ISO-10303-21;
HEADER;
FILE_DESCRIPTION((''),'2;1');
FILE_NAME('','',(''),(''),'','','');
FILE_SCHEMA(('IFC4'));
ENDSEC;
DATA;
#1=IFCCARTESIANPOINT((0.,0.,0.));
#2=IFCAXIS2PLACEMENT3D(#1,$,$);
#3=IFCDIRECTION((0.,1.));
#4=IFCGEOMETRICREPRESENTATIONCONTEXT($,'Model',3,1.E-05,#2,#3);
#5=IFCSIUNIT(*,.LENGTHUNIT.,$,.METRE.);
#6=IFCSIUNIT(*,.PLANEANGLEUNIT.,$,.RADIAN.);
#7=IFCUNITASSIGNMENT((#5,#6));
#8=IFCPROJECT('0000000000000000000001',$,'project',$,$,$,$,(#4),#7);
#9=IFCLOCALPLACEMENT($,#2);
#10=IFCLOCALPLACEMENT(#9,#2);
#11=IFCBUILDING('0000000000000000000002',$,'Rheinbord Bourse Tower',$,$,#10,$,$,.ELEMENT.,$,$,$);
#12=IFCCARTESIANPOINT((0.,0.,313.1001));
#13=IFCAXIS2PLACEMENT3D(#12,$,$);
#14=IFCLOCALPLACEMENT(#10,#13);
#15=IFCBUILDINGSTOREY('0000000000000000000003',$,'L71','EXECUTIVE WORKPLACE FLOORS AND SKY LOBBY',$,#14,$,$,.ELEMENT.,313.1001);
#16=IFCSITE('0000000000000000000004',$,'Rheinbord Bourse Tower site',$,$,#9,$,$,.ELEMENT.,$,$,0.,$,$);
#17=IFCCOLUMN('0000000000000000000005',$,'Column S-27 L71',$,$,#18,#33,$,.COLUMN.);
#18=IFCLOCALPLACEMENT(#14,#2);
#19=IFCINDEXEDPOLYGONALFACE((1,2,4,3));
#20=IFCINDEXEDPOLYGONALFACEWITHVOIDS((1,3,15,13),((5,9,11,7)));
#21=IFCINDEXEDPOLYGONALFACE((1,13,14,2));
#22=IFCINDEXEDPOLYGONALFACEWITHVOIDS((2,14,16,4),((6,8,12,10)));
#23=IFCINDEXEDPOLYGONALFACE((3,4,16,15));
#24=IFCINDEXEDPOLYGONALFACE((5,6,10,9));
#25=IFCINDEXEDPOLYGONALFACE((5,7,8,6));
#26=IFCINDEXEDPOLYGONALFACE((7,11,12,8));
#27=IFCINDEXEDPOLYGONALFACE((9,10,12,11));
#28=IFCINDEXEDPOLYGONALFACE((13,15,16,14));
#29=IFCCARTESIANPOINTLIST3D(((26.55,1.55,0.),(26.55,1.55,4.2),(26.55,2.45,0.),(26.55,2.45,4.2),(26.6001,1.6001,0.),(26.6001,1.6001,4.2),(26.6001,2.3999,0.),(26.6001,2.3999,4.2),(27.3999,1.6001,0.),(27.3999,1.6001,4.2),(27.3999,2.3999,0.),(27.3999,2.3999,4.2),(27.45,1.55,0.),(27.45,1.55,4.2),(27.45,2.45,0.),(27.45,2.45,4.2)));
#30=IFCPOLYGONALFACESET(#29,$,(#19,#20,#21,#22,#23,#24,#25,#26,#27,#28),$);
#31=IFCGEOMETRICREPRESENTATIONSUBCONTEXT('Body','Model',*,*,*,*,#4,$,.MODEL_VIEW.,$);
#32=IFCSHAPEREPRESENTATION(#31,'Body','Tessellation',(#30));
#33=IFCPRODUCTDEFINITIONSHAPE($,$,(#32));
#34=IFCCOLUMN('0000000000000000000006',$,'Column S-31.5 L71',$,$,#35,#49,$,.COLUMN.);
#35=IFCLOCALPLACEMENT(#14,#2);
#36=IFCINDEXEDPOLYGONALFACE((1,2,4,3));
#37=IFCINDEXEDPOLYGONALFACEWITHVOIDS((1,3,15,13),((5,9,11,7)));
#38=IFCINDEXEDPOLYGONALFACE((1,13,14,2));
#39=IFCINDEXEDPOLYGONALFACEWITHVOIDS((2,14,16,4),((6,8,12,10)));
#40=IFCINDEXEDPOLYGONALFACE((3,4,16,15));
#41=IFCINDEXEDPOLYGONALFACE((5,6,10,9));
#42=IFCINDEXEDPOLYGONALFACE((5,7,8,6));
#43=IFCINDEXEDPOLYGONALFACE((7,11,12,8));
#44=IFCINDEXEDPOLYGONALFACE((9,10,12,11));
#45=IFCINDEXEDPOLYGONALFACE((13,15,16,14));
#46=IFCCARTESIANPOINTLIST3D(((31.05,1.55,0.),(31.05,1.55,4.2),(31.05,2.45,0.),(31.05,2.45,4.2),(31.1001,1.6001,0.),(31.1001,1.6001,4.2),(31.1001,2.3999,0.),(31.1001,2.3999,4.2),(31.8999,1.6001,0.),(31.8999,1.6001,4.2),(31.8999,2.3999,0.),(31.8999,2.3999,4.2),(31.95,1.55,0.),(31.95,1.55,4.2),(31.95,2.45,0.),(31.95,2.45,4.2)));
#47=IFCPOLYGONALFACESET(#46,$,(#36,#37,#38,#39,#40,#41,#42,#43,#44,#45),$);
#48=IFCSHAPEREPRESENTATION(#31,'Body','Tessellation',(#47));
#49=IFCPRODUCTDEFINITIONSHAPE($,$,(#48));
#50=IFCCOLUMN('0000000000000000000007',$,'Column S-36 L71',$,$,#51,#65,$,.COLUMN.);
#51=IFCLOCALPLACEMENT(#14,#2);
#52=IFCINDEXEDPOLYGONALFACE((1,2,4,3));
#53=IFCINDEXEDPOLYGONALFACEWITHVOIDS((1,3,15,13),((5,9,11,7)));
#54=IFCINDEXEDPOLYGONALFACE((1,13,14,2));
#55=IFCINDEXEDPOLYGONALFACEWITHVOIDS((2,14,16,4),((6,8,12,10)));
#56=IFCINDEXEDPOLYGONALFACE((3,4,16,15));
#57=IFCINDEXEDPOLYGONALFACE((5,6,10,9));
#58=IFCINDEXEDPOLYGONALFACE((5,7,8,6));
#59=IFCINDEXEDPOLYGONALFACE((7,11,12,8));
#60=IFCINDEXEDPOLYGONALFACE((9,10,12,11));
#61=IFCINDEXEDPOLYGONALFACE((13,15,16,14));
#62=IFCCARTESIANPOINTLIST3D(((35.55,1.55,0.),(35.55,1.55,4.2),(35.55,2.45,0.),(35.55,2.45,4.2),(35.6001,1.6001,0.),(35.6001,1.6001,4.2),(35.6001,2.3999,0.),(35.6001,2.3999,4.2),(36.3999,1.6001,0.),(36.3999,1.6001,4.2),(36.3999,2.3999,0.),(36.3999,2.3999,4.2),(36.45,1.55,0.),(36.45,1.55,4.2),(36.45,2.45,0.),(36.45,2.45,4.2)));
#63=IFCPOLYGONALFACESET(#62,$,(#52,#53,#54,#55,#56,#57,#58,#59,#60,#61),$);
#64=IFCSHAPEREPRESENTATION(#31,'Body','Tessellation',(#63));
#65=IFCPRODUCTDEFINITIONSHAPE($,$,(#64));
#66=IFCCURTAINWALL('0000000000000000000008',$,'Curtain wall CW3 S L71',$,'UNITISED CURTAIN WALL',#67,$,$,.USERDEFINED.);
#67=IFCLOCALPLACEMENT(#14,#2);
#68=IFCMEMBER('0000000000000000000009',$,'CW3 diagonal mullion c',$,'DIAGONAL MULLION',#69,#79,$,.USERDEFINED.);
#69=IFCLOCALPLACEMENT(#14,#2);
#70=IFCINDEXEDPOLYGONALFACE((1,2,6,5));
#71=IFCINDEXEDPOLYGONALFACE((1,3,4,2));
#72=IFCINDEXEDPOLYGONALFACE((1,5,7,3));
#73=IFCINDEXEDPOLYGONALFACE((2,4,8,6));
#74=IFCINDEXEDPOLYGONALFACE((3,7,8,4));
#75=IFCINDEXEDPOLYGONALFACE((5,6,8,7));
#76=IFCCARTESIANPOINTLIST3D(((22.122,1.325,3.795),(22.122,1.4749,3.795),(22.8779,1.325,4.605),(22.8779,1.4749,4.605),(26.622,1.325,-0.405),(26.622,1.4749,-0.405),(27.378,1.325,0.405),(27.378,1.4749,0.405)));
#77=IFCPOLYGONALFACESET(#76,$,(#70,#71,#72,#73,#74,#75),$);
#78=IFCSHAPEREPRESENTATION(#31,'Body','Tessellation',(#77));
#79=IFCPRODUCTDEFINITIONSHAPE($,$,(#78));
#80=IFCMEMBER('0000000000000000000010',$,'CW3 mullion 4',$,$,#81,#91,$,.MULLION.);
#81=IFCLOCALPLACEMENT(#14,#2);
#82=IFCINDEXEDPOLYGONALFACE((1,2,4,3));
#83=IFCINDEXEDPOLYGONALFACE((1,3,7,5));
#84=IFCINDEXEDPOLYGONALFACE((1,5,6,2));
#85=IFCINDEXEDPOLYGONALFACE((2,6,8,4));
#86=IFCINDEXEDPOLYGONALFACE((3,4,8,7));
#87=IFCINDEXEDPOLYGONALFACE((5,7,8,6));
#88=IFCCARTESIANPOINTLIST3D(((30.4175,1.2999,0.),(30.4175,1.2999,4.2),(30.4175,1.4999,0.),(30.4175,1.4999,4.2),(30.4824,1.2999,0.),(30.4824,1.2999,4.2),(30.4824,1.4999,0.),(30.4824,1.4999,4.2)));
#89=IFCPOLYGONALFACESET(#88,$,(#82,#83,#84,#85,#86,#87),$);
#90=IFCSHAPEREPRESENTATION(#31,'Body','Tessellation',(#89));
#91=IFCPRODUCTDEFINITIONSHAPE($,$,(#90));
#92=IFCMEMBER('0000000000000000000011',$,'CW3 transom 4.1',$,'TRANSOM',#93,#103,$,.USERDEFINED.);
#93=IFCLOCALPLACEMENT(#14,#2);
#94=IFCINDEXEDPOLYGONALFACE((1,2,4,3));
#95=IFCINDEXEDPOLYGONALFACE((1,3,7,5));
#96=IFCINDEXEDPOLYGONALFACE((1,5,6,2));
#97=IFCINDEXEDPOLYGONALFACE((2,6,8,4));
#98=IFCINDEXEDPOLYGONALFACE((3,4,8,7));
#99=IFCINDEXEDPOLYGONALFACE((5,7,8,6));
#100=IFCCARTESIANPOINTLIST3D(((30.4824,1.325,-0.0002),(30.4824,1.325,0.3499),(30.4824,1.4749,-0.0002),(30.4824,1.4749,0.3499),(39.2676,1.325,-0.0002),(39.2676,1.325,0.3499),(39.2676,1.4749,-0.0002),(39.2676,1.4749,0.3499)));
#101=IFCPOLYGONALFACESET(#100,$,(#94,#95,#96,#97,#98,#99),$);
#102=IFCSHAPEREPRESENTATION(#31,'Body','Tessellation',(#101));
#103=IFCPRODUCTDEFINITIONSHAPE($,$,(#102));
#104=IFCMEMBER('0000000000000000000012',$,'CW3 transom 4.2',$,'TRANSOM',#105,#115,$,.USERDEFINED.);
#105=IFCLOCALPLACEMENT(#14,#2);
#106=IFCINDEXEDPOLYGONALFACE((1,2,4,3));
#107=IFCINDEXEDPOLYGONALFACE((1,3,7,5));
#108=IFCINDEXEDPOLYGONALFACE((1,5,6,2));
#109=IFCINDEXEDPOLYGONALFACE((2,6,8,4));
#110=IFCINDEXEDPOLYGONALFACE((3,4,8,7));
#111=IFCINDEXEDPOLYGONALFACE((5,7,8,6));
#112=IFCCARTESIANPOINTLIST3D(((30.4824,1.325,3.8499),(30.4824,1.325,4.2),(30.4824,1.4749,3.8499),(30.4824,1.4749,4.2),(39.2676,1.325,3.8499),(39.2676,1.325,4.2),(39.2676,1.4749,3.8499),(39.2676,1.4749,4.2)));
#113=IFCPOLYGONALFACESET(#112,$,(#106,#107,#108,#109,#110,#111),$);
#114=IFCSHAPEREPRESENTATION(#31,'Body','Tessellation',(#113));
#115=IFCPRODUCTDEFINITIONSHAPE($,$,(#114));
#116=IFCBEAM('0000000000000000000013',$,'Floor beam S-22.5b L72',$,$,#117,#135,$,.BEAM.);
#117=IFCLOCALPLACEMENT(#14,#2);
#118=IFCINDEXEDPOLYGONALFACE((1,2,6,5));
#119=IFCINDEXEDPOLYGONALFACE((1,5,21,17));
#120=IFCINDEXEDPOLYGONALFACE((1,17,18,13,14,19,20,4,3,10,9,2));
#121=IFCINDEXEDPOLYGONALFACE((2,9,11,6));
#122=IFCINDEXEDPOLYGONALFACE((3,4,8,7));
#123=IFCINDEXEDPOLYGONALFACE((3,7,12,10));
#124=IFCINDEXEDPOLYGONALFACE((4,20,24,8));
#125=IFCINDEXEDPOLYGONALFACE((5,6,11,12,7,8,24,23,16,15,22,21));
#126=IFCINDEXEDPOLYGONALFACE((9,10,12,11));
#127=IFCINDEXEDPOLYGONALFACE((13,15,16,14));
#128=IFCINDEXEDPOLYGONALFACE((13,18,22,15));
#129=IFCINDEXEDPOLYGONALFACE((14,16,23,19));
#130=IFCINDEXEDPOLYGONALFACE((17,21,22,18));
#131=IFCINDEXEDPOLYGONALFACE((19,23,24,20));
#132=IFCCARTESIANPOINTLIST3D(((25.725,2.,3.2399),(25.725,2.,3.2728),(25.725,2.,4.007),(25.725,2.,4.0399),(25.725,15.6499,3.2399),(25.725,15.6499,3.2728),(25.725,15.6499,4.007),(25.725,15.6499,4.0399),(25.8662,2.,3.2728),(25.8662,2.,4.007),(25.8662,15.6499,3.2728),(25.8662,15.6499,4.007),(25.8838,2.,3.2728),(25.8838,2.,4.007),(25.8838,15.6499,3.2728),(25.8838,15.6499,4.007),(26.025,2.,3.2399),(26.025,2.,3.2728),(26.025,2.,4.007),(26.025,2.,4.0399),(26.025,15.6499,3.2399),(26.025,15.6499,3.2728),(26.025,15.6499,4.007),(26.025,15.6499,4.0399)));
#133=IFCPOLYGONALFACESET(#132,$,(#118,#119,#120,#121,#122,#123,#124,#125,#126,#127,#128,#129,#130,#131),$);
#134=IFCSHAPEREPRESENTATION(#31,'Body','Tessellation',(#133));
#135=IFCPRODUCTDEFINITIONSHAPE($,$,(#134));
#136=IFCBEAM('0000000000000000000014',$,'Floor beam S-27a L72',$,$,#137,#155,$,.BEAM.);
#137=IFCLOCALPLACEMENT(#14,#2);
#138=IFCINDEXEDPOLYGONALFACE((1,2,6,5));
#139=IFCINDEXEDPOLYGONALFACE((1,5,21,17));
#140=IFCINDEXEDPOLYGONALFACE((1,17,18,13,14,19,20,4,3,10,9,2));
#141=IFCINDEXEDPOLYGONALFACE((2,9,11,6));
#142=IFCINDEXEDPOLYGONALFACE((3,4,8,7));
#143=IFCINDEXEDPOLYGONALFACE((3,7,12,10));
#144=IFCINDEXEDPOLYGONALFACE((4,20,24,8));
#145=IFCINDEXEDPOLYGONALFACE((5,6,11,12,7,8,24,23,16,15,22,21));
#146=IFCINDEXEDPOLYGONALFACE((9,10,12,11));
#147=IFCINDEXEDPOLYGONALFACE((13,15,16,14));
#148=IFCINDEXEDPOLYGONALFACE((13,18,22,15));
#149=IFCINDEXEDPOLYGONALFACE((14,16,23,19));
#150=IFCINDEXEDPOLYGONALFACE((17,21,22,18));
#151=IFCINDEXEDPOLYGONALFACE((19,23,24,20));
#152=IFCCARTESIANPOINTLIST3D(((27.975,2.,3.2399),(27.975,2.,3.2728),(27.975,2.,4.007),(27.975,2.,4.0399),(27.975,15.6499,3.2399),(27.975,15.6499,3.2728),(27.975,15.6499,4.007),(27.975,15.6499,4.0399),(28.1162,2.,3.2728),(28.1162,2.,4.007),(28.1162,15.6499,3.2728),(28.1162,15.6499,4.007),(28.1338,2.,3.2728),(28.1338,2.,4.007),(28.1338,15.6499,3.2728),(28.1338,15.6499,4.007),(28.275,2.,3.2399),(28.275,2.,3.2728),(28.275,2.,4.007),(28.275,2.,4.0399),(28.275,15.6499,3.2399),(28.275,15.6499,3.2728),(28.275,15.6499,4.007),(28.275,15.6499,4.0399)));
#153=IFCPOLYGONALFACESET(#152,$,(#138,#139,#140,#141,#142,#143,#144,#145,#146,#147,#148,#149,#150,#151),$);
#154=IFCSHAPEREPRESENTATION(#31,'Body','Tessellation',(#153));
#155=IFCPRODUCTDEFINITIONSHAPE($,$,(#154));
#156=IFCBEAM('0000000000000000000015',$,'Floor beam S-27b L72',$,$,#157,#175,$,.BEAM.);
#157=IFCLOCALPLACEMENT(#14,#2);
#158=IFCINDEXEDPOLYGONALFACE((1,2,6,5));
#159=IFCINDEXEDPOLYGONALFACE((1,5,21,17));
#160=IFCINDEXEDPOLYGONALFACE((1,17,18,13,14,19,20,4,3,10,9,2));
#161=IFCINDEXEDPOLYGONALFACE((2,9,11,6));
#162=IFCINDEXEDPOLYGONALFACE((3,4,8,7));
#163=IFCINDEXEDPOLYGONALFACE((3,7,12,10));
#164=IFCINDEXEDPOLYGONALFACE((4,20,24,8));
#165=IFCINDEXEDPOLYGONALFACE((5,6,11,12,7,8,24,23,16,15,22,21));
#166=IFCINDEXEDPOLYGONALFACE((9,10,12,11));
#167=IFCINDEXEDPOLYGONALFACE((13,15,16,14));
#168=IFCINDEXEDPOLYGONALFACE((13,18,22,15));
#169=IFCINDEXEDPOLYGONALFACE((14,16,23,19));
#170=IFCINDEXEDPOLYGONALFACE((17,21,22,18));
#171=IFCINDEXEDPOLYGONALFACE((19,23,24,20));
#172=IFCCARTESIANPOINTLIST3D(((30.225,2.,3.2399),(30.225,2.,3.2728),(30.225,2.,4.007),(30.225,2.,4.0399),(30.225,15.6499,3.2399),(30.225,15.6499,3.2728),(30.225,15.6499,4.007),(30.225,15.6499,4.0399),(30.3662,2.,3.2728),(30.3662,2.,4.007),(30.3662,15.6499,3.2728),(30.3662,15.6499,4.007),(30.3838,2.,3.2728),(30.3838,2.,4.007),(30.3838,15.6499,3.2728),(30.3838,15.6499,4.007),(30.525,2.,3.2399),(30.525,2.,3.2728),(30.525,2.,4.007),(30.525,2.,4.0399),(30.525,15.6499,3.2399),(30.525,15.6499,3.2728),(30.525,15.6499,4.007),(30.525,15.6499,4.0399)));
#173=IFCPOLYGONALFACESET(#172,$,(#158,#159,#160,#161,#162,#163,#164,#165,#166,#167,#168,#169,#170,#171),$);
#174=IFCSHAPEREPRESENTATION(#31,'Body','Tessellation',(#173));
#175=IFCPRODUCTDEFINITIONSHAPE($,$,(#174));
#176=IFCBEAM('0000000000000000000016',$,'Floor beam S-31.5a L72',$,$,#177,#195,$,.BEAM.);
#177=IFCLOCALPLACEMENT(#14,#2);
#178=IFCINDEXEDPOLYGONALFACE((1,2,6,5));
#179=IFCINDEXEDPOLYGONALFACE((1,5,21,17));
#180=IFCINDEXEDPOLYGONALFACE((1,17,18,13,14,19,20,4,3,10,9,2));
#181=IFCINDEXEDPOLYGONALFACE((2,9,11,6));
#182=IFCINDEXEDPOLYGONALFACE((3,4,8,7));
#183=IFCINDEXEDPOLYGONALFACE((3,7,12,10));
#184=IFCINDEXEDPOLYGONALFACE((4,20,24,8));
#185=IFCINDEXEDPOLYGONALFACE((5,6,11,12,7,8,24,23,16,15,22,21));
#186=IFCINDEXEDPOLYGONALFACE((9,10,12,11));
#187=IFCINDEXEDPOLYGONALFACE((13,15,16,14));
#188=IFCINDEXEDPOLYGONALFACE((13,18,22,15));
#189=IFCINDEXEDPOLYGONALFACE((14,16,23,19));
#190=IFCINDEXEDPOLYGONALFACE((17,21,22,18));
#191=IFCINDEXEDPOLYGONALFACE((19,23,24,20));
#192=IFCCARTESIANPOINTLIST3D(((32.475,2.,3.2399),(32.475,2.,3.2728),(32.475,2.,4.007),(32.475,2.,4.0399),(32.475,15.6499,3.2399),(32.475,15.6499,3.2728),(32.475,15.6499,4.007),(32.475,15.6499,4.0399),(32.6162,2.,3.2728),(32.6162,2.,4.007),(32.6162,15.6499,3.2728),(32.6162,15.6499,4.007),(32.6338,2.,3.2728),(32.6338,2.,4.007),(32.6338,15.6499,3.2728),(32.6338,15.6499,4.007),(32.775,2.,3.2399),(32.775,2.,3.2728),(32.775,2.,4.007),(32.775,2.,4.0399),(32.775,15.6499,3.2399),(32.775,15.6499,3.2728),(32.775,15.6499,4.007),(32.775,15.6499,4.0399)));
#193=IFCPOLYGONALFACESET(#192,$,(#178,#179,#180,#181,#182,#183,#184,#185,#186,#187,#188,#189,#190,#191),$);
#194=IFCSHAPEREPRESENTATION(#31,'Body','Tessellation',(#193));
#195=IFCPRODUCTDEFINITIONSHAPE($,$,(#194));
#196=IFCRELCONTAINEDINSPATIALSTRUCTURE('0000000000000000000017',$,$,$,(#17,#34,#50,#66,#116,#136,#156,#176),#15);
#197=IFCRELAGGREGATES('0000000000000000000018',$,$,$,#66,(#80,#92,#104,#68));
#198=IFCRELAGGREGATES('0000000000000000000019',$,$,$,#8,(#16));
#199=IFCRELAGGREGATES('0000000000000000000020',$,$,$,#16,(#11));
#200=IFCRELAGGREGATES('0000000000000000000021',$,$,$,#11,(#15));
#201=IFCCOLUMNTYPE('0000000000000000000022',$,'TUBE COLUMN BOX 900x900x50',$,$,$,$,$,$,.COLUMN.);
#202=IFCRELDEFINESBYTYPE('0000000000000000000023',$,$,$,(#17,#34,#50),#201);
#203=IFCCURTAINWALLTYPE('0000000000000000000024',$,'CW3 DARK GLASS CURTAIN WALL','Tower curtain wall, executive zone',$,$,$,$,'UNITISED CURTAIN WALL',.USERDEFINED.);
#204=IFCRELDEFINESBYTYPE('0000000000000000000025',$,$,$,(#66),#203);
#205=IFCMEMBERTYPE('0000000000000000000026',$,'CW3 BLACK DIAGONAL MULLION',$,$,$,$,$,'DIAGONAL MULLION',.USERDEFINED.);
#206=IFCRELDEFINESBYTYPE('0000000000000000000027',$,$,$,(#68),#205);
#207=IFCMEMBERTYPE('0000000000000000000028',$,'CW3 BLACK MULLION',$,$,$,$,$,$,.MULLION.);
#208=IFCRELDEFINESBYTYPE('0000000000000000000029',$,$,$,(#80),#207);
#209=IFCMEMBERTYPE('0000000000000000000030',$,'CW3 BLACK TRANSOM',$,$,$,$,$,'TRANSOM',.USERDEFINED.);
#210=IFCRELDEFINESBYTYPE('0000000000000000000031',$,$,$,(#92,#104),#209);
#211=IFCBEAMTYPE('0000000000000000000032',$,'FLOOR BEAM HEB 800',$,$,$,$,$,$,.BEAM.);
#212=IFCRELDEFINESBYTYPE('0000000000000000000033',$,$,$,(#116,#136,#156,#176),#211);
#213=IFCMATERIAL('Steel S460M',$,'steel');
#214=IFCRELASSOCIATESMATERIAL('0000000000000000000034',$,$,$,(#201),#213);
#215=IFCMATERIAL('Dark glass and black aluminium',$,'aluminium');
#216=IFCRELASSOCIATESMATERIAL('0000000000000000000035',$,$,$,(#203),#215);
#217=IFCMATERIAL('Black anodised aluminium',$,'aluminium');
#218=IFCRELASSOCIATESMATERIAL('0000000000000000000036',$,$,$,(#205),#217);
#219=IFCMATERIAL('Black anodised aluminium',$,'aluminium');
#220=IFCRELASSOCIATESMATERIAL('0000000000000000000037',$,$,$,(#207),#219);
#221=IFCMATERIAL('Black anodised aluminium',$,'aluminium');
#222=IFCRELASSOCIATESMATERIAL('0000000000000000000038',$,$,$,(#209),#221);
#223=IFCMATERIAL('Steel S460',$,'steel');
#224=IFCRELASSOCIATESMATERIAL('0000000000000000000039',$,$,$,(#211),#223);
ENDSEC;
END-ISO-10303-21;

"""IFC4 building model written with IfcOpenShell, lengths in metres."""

from ifc_helpers import new_model, si_unit, direction, frame, origin, origin_2d, place, context, subcontext, project, spatial, rectangle, hollow_rectangle, i_section, extrude, material, material_profile, profile_set, type_object, element, aggregate, save


model = new_model("IFC4")

# Units and contexts
model_context = context("Model", 3, precision=1e-05, world=origin(), true_north=direction((0.0, 1.0)))
body_context = subcontext(model_context, "Body", "Model", "MODEL_VIEW")
ifc_project = project(units=[si_unit("LENGTHUNIT", "METRE"), si_unit("PLANEANGLEUNIT", "RADIAN")], contexts=[model_context])

# Site, building, storey
site_placement = place(None, origin())
site = spatial("IfcSite", under=ifc_project, at=site_placement, Name="Rheinbord Bourse Tower site", CompositionType="ELEMENT", RefElevation=0.0)
building_placement = place(site_placement, origin())
building = spatial("IfcBuilding", under=site, at=building_placement, Name="Rheinbord Bourse Tower", CompositionType="ELEMENT")
storey_placement = place(building_placement, frame((0.0, 0.0, 313.1001)))
storey = spatial("IfcBuildingStorey", under=building, at=storey_placement, Name="L71", Description="EXECUTIVE WORKPLACE FLOORS AND SKY LOBBY", CompositionType="ELEMENT", Elevation=313.1001)

# Columns
ifc_material_1 = material(Name="Steel S460M", Category="steel")
ifc_material_profile_1 = material_profile(ifc_material_1, hollow_rectangle(XDim=0.8999, YDim=0.8999, WallThickness=0.05, at=origin_2d()), Name="BOX 900x900x50")
ifc_profile_set_1 = profile_set([ifc_material_profile_1], Name="Steel S460M")
column_type = type_object("IfcColumnType", Name="TUBE COLUMN BOX 900x900x50", PredefinedType="COLUMN", material=ifc_profile_set_1)
for number, where, z_axis, x_axis, name in (
    (1, (27.0, 2.0, 0.0), (0.0, 0.0, 1.0), (0.0, 1.0, 0.0), "Column S-27 L71"),
    (2, (31.5, 2.0, 0.0), (0.0, 0.0, 1.0), (0.0, 1.0, 0.0), "Column S-31.5 L71"),
    (3, (36.0, 2.0, 0.0), (0.0, 0.0, 1.0), (0.0, 1.0, 0.0), "Column S-36 L71"),
):
    element("IfcColumn", number, at=place(storey_placement, frame(where, z_axis=z_axis, x_axis=x_axis)), inside=storey, type_object=column_type, Name=name, PredefinedType="COLUMN", context=body_context, shape_type="SweptSolid", body=[
        extrude(hollow_rectangle(XDim=0.8999, YDim=0.8999, WallThickness=0.05, at=origin_2d()), origin(), (0.0, 0.0, 1.0), 4.2),
    ])

# Curtain wall, members
ifc_material_2 = material(Name="Dark glass and black aluminium", Category="aluminium")
curtain_wall_type = type_object("IfcCurtainWallType", Name="CW3 DARK GLASS CURTAIN WALL", Description="Tower curtain wall, executive zone", ElementType="UNITISED CURTAIN WALL", PredefinedType="USERDEFINED", material=ifc_material_2)
curtain_wall_placement = place(storey_placement, origin())
curtain_wall = element("IfcCurtainWall", 4, at=curtain_wall_placement, inside=storey, type_object=curtain_wall_type, Name="Curtain wall CW3 S L71", ObjectType="UNITISED CURTAIN WALL", PredefinedType="USERDEFINED")
ifc_material_3 = material(Name="Black anodised aluminium", Category="aluminium")
ifc_material_profile_2 = material_profile(ifc_material_3, rectangle(XDim=0.1499, YDim=1.1079, at=origin_2d()), Name="CW3 DIAGONAL MULLION 1108x150")
ifc_profile_set_2 = profile_set([ifc_material_profile_2], Name="Black anodised aluminium")
member_type_1 = type_object("IfcMemberType", Name="CW3 BLACK DIAGONAL MULLION", ElementType="DIAGONAL MULLION", PredefinedType="USERDEFINED", material=ifc_profile_set_2)
member_1_placement = place(storey_placement, frame((27.0, 1.3999, 0.0), z_axis=(-0.731059, 0.0, 0.682314), x_axis=(0.0, -1.0, 0.0)))
member_1 = element("IfcMember", 5, at=member_1_placement, type_object=member_type_1, Name="CW3 diagonal mullion c", ObjectType="DIAGONAL MULLION", PredefinedType="USERDEFINED", context=body_context, shape_type="SweptSolid", body=[
    extrude(rectangle(XDim=0.1499, YDim=1.1079, at=origin_2d()), origin(), (0.0, 0.0, 1.0), 6.1555),
])
ifc_material_4 = material(Name="Black anodised aluminium", Category="aluminium")
ifc_material_profile_3 = material_profile(ifc_material_4, rectangle(XDim=0.2, YDim=0.0649, at=origin_2d()), Name="CW3 MULLION 65x200")
ifc_profile_set_3 = profile_set([ifc_material_profile_3], Name="Black anodised aluminium")
member_type_2 = type_object("IfcMemberType", Name="CW3 BLACK MULLION", PredefinedType="MULLION", material=ifc_profile_set_3)
member_2_placement = place(storey_placement, frame((30.45, 1.3999, 0.0), z_axis=(0.0, 0.0, 1.0), x_axis=(0.0, 1.0, 0.0)))
member_2 = element("IfcMember", 6, at=member_2_placement, type_object=member_type_2, Name="CW3 mullion 4", PredefinedType="MULLION", context=body_context, shape_type="SweptSolid", body=[
    extrude(rectangle(XDim=0.2, YDim=0.0649, at=origin_2d()), origin(), (0.0, 0.0, 1.0), 4.2),
])
ifc_material_5 = material(Name="Black anodised aluminium", Category="aluminium")
ifc_material_profile_4 = material_profile(ifc_material_5, rectangle(XDim=0.1499, YDim=0.3501, at=origin_2d()), Name="CW3 TRANSOM 350x150")
ifc_profile_set_4 = profile_set([ifc_material_profile_4], Name="Black anodised aluminium")
member_type_3 = type_object("IfcMemberType", Name="CW3 BLACK TRANSOM", ElementType="TRANSOM", PredefinedType="USERDEFINED", material=ifc_profile_set_4)
member_3_placement = place(storey_placement, frame((30.4824, 1.3999, 0.1748), z_axis=(1.0, 0.0, 0.0), x_axis=(0.0, 1.0, 0.0)))
member_3 = element("IfcMember", 7, at=member_3_placement, type_object=member_type_3, Name="CW3 transom 4.1", ObjectType="TRANSOM", PredefinedType="USERDEFINED", context=body_context, shape_type="SweptSolid", body=[
    extrude(rectangle(XDim=0.1499, YDim=0.3501, at=origin_2d()), origin(), (0.0, 0.0, 1.0), 8.7852),
])
member_4_placement = place(storey_placement, frame((30.4824, 1.3999, 4.0249), z_axis=(1.0, 0.0, 0.0), x_axis=(0.0, 1.0, 0.0)))
member_4 = element("IfcMember", 8, at=member_4_placement, type_object=member_type_3, Name="CW3 transom 4.2", ObjectType="TRANSOM", PredefinedType="USERDEFINED", context=body_context, shape_type="SweptSolid", body=[
    extrude(rectangle(XDim=0.1499, YDim=0.3501, at=origin_2d()), origin(), (0.0, 0.0, 1.0), 8.7852),
])

# Beams
ifc_material_6 = material(Name="Steel S460", Category="steel")
ifc_material_profile_5 = material_profile(ifc_material_6, i_section(OverallWidth=0.3, OverallDepth=0.8, WebThickness=0.0176, FlangeThickness=0.033, at=origin_2d()), Name="HEB 800")
ifc_profile_set_5 = profile_set([ifc_material_profile_5], Name="Steel S460")
beam_type_1 = type_object("IfcBeamType", Name="FLOOR BEAM HEB 800", PredefinedType="BEAM", material=ifc_profile_set_5)
for number, where, z_axis, x_axis, name in (
    (9, (25.875, 2.0, 3.6399), (0.0, 1.0, 0.0), (-1.0, 0.0, 0.0), "Floor beam S-22.5b L72"),
    (10, (28.125, 2.0, 3.6399), (0.0, 1.0, 0.0), (-1.0, 0.0, 0.0), "Floor beam S-27a L72"),
    (11, (30.375, 2.0, 3.6399), (0.0, 1.0, 0.0), (-1.0, 0.0, 0.0), "Floor beam S-27b L72"),
    (12, (32.625, 2.0, 3.6399), (0.0, 1.0, 0.0), (-1.0, 0.0, 0.0), "Floor beam S-31.5a L72"),
):
    element("IfcBeam", number, at=place(storey_placement, frame(where, z_axis=z_axis, x_axis=x_axis)), inside=storey, type_object=beam_type_1, Name=name, PredefinedType="BEAM", context=body_context, shape_type="SweptSolid", body=[
        extrude(i_section(OverallWidth=0.3, OverallDepth=0.8, WebThickness=0.0176, FlangeThickness=0.033, at=origin_2d()), origin(), (0.0, 0.0, 1.0), 13.6499),
    ])

aggregate(curtain_wall, [member_2, member_3, member_4, member_1])

save(model, "model.ifc")
